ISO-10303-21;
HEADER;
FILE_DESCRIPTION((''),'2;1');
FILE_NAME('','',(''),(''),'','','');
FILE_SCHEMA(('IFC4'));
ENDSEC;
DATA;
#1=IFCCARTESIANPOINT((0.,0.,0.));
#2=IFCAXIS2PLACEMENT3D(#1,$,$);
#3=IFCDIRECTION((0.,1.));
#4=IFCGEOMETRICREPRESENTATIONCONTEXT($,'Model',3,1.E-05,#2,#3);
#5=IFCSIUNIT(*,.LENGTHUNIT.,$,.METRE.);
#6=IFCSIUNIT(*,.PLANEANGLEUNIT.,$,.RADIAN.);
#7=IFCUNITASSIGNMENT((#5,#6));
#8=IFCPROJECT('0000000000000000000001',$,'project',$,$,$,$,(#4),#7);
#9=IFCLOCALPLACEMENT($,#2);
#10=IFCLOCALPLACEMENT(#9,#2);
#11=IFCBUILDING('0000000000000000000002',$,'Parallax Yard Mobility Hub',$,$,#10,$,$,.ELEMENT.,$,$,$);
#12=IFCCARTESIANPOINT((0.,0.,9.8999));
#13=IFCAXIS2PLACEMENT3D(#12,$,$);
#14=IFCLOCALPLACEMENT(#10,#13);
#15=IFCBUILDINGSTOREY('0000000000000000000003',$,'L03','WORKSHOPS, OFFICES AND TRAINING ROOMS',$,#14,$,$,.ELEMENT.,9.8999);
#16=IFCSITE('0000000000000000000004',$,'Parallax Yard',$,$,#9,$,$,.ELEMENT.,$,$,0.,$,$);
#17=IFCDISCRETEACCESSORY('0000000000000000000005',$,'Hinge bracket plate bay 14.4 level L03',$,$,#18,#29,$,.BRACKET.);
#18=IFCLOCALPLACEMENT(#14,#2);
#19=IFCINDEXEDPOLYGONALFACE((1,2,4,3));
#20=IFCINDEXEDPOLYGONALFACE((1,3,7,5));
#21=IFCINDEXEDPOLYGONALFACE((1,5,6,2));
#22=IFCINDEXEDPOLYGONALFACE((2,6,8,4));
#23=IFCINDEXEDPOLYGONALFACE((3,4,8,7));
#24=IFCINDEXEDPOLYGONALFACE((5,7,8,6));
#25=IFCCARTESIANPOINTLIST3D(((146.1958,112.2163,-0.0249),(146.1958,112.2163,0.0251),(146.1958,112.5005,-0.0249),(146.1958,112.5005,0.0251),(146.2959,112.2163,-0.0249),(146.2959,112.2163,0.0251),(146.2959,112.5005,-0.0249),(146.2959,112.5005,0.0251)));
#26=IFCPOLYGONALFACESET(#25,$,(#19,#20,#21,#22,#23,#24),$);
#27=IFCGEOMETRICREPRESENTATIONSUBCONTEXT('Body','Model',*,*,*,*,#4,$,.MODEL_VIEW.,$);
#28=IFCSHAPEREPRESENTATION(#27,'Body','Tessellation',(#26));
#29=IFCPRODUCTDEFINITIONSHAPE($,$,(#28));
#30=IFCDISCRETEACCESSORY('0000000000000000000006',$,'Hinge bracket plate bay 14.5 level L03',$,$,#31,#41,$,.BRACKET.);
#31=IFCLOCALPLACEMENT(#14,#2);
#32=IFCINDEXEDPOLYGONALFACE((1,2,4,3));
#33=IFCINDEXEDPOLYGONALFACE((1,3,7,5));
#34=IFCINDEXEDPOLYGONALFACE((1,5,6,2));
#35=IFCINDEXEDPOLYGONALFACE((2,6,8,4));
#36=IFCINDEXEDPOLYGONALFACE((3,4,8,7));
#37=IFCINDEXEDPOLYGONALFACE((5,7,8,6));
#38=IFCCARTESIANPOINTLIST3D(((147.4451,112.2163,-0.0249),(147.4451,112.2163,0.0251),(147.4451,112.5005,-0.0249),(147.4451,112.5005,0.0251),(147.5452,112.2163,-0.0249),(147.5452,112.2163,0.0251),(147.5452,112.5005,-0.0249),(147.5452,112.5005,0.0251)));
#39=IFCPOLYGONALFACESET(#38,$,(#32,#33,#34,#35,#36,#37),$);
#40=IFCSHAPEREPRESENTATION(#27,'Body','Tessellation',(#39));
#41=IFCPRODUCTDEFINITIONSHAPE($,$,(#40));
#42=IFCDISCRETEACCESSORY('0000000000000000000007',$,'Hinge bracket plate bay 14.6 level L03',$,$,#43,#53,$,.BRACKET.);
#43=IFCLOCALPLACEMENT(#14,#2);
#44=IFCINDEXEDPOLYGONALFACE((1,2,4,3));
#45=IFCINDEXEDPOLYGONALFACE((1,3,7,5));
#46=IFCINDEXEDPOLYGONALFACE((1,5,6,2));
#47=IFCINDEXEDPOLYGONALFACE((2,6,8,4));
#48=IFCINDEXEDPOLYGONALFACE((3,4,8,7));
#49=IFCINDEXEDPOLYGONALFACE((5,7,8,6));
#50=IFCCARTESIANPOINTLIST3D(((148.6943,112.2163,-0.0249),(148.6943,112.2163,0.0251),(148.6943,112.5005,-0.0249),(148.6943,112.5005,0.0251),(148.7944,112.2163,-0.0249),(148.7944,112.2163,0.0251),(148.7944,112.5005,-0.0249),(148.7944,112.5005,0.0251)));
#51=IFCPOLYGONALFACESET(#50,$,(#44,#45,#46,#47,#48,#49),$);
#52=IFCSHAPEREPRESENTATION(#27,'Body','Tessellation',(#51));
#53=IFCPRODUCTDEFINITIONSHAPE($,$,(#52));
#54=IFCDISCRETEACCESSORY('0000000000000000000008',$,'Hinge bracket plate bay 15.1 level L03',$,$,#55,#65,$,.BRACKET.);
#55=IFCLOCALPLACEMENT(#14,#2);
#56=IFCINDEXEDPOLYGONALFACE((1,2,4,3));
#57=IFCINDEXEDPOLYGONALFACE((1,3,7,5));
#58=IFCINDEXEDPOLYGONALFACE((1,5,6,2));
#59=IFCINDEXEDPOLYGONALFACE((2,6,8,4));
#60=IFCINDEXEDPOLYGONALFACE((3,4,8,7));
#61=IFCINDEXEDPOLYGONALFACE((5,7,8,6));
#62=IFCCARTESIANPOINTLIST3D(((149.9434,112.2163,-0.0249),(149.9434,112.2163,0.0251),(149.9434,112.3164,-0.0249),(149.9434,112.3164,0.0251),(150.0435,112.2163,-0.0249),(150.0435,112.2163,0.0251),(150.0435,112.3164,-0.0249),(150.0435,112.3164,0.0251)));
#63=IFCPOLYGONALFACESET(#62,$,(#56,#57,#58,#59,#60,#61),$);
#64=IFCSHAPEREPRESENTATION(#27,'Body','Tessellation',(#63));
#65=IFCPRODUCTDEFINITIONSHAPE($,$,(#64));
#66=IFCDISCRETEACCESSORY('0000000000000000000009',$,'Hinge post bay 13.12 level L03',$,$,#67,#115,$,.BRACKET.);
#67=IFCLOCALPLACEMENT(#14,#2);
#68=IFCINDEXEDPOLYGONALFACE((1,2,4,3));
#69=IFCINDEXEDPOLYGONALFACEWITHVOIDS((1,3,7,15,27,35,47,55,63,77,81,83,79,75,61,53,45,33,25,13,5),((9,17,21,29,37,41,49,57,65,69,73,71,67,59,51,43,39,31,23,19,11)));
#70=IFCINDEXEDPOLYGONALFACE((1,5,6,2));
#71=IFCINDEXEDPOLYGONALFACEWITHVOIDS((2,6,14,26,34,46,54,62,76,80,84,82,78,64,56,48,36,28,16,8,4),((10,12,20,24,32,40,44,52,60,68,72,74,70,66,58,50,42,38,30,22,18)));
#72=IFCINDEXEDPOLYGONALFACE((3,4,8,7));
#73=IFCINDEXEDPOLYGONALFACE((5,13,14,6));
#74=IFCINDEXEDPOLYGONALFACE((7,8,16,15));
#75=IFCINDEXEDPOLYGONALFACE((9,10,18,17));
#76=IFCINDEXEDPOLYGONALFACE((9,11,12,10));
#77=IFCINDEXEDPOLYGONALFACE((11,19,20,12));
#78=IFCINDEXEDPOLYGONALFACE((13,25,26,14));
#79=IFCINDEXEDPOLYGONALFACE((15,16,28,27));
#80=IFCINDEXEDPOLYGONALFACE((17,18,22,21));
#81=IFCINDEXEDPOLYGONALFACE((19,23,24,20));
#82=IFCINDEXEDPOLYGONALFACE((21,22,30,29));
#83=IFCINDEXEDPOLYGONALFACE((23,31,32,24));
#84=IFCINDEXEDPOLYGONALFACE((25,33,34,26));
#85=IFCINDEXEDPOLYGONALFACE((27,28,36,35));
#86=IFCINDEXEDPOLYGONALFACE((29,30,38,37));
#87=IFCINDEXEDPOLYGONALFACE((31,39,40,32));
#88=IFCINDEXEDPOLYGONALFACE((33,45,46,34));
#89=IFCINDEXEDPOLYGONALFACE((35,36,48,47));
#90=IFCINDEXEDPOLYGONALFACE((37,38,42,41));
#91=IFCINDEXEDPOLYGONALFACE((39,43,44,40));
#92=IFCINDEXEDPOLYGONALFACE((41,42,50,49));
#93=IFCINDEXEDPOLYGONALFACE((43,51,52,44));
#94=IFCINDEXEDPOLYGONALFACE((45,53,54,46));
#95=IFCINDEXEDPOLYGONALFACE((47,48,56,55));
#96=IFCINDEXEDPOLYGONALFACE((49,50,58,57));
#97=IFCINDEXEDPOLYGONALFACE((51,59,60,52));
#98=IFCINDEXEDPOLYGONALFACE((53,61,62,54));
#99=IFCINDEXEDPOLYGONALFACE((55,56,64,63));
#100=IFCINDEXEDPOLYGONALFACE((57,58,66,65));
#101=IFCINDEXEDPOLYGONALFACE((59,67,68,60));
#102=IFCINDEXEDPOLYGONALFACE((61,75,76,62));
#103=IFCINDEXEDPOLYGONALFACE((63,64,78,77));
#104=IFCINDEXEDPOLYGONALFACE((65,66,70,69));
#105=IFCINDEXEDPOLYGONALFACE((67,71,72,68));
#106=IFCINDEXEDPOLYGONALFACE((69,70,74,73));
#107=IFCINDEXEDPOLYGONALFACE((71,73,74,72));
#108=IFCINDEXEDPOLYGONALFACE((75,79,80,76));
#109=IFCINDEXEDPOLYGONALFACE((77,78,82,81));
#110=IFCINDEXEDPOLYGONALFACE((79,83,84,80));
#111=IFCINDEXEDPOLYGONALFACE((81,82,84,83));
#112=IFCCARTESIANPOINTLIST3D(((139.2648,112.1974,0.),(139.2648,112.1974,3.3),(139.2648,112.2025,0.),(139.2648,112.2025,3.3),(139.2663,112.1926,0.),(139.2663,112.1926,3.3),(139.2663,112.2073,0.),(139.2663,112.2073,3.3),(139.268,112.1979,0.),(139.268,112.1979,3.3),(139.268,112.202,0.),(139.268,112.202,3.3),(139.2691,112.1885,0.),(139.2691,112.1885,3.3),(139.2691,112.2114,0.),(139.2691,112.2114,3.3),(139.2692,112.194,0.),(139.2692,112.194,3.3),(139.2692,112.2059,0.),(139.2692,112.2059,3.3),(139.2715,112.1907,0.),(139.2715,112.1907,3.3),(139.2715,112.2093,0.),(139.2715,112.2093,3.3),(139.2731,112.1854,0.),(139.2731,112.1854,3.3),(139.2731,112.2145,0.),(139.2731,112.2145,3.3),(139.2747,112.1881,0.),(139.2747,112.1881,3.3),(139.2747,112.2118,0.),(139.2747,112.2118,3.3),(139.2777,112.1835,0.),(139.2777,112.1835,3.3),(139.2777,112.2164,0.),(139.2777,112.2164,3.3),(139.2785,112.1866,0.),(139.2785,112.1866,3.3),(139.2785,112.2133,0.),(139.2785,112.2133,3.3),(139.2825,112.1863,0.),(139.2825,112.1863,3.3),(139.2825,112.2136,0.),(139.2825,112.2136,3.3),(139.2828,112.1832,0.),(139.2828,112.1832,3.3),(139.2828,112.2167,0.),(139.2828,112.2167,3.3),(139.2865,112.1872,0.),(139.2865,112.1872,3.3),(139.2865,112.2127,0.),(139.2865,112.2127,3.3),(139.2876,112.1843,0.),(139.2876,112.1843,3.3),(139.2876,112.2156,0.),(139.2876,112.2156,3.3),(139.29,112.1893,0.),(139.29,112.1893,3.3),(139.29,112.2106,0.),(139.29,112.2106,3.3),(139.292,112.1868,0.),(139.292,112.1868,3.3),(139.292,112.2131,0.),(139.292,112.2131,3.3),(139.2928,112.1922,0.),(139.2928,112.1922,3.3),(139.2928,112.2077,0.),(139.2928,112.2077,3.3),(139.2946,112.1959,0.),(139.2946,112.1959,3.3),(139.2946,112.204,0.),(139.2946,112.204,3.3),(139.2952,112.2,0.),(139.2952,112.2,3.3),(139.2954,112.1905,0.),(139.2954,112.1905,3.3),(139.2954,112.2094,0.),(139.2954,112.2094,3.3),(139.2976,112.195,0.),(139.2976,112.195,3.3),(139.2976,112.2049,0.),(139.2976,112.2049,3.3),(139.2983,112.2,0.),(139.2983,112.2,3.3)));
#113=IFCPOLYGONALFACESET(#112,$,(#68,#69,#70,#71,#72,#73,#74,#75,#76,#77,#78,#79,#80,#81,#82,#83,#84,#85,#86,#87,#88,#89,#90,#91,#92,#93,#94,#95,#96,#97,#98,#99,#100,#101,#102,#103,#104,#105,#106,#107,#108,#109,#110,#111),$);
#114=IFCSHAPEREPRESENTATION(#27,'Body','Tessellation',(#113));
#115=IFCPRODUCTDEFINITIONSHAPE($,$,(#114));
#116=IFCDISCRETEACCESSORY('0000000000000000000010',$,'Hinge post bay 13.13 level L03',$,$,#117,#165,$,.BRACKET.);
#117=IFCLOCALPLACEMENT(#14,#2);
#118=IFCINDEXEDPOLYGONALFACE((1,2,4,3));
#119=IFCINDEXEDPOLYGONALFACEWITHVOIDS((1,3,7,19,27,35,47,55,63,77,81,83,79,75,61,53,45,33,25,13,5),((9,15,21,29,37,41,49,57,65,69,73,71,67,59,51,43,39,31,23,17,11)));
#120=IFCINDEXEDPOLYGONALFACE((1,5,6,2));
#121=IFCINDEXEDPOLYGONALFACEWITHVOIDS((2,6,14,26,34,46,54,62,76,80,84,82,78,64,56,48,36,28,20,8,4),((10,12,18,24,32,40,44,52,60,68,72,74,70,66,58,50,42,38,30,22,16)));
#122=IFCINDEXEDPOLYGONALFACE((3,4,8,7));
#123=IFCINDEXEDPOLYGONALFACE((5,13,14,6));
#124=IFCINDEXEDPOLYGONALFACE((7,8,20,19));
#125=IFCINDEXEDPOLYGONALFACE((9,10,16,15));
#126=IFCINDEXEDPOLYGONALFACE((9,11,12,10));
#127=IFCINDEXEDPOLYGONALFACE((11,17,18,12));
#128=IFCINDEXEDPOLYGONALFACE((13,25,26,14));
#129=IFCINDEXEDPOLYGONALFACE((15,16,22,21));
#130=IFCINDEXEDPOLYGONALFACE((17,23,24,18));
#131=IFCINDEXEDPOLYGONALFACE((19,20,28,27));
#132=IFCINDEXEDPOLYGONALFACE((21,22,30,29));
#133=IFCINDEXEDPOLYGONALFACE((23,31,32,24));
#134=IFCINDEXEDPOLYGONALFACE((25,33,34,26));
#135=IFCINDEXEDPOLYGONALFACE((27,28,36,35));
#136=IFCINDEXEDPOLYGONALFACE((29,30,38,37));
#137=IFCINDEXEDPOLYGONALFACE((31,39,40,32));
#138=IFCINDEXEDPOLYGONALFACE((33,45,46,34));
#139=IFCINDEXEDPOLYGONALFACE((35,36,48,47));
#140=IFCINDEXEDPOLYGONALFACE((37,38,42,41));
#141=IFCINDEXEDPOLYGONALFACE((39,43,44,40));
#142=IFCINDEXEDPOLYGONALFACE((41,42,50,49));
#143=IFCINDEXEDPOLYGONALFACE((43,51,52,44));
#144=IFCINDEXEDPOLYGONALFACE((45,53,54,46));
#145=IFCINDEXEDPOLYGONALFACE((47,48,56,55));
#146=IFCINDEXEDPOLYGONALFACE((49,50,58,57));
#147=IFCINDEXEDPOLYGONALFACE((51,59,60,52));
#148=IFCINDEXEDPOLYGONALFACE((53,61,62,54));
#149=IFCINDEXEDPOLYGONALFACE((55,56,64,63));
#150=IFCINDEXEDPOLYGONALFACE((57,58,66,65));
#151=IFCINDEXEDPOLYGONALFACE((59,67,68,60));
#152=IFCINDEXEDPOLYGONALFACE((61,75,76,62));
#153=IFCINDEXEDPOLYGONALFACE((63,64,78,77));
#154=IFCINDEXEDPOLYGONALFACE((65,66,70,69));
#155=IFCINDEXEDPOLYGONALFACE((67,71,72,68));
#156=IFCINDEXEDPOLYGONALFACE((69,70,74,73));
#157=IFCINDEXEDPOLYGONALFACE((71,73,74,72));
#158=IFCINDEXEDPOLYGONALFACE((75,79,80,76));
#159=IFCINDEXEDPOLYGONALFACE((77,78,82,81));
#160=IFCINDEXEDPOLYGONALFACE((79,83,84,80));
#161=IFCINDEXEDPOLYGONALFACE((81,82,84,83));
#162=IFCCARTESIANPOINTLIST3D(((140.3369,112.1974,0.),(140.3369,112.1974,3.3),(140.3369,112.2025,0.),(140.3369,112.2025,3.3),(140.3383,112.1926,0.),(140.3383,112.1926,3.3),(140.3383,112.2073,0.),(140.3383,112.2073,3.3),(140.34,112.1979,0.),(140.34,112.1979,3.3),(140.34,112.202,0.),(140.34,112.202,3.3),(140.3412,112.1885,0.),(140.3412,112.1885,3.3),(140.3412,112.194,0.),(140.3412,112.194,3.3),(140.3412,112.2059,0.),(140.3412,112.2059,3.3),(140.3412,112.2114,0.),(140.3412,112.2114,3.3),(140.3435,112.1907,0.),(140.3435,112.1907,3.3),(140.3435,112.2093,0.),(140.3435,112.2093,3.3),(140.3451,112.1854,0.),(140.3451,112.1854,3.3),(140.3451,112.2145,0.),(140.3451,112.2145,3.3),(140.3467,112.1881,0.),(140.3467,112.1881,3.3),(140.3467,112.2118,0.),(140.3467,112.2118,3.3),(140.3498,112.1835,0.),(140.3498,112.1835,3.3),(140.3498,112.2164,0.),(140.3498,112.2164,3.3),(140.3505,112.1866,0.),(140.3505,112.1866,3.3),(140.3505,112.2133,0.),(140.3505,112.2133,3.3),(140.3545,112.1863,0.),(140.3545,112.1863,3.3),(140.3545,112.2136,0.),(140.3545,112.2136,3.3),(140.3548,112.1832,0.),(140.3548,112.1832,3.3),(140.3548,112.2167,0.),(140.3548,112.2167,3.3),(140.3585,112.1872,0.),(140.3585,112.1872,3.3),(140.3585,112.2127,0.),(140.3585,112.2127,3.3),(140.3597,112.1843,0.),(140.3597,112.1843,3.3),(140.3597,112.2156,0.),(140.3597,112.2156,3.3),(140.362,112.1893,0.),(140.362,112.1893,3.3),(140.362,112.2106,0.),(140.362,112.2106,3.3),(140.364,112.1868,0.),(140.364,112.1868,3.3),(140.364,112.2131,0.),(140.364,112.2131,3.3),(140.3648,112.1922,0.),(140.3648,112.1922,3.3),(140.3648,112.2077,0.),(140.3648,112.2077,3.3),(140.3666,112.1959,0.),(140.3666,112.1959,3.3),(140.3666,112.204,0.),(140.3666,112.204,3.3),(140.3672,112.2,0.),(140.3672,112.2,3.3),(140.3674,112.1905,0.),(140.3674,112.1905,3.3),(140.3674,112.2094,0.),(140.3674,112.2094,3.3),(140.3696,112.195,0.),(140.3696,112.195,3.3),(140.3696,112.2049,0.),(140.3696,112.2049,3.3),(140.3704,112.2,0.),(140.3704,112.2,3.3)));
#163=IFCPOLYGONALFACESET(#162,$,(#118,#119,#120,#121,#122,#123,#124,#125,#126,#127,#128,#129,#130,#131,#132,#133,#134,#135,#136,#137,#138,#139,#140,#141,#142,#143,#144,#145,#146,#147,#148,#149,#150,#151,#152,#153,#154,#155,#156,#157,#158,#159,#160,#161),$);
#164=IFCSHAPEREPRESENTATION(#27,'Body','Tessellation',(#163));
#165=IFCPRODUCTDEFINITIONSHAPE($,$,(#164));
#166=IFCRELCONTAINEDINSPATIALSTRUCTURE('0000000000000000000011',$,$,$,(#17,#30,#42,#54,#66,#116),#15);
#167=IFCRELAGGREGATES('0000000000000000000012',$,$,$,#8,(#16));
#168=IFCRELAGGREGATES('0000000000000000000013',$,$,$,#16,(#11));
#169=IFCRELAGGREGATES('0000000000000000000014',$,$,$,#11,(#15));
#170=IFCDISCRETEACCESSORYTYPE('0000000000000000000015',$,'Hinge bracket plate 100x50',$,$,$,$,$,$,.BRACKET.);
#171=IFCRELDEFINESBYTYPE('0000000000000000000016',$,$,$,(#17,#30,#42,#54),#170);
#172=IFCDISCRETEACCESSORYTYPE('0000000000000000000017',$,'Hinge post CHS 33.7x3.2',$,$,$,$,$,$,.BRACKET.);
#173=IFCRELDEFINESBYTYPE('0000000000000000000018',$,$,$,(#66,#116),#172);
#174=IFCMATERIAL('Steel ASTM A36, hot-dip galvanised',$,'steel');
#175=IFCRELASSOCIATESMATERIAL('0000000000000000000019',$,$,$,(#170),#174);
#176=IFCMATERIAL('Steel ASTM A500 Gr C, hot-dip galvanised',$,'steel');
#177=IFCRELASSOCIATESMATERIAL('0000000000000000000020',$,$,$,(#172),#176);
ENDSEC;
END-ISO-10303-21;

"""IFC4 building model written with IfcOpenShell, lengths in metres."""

from ifc_helpers import new_model, si_unit, direction, frame, origin, origin_2d, place, context, subcontext, project, spatial, rectangle, hollow_circle, extrude, material, material_profile, profile_set, type_object, element, save


model = new_model("IFC4")

# Units and contexts
model_context = context("Model", 3, precision=1e-05, world=origin(), true_north=direction((0.0, 1.0)))
body_context = subcontext(model_context, "Body", "Model", "MODEL_VIEW")
ifc_project = project(units=[si_unit("LENGTHUNIT", "METRE"), si_unit("PLANEANGLEUNIT", "RADIAN")], contexts=[model_context])

# Site, building, storey
site_placement = place(None, origin())
site = spatial("IfcSite", under=ifc_project, at=site_placement, Name="Parallax Yard", CompositionType="ELEMENT", RefElevation=0.0)
building_placement = place(site_placement, origin())
building = spatial("IfcBuilding", under=site, at=building_placement, Name="Parallax Yard Mobility Hub", CompositionType="ELEMENT")
storey_placement = place(building_placement, frame((0.0, 0.0, 9.8999)))
storey = spatial("IfcBuildingStorey", under=building, at=storey_placement, Name="L03", Description="WORKSHOPS, OFFICES AND TRAINING ROOMS", CompositionType="ELEMENT", Elevation=9.8999)

# Discrete accessories
ifc_material_1 = material(Name="Steel ASTM A36, hot-dip galvanised", Category="steel")
discrete_accessory_type_1 = type_object("IfcDiscreteAccessoryType", Name="Hinge bracket plate 100x50", PredefinedType="BRACKET", material=ifc_material_1)
for number, where, z_axis, x_axis, name in (
    (1, (146.2458, 112.3584, -0.0249), (0.0, 0.0, 1.0), (0.0, -1.0, 0.0), "Hinge bracket plate bay 14.4 level L03"),
    (2, (147.4951, 112.3584, -0.0249), (0.0, 0.0, 1.0), (0.0, -1.0, 0.0), "Hinge bracket plate bay 14.5 level L03"),
    (3, (148.7444, 112.3584, -0.0249), (0.0, 0.0, 1.0), (0.0, -1.0, 0.0), "Hinge bracket plate bay 14.6 level L03"),
):
    element("IfcDiscreteAccessory", number, at=place(storey_placement, frame(where, z_axis=z_axis, x_axis=x_axis)), inside=storey, type_object=discrete_accessory_type_1, Name=name, PredefinedType="BRACKET", context=body_context, shape_type="SweptSolid", body=[
        extrude(rectangle(XDim=0.2842, YDim=0.1001, at=origin_2d()), origin(), (0.0, 0.0, 1.0), 0.05),
    ])
discrete_accessory_placement = place(storey_placement, frame((149.9934, 112.2664, -0.0249), z_axis=(0.0, 0.0, 1.0), x_axis=(0.0, -1.0, 0.0)))
element("IfcDiscreteAccessory", 4, at=discrete_accessory_placement, inside=storey, type_object=discrete_accessory_type_1, Name="Hinge bracket plate bay 15.1 level L03", PredefinedType="BRACKET", context=body_context, shape_type="SweptSolid", body=[
    extrude(rectangle(XDim=0.1001, YDim=0.1001, at=origin_2d()), origin(), (0.0, 0.0, 1.0), 0.05),
])
ifc_material_2 = material(Name="Steel ASTM A500 Gr C, hot-dip galvanised", Category="steel")
ifc_material_profile_1 = material_profile(ifc_material_2, hollow_circle(Radius=0.0168, WallThickness=0.0032, at=origin_2d()), Name="CHS 33.7x3.2")
ifc_profile_set_1 = profile_set([ifc_material_profile_1], Name="Steel ASTM A500 Gr C, hot-dip galvanised")
discrete_accessory_type_2 = type_object("IfcDiscreteAccessoryType", Name="Hinge post CHS 33.7x3.2", PredefinedType="BRACKET", material=ifc_profile_set_1)
for number, where, z_axis, x_axis, name in (
    (5, (139.2815, 112.2, 0.0), (0.0, 0.0, 1.0), (1.0, 0.0, 0.0), "Hinge post bay 13.12 level L03"),
    (6, (140.3535, 112.2, 0.0), (0.0, 0.0, 1.0), (1.0, 0.0, 0.0), "Hinge post bay 13.13 level L03"),
):
    element("IfcDiscreteAccessory", number, at=place(storey_placement, frame(where, z_axis=z_axis, x_axis=x_axis)), inside=storey, type_object=discrete_accessory_type_2, Name=name, PredefinedType="BRACKET", context=body_context, shape_type="SweptSolid", body=[
        extrude(hollow_circle(Radius=0.0168, WallThickness=0.0032, at=origin_2d()), origin(), (0.0, 0.0, 1.0), 3.3),
    ])

save(model, "model.ifc")
